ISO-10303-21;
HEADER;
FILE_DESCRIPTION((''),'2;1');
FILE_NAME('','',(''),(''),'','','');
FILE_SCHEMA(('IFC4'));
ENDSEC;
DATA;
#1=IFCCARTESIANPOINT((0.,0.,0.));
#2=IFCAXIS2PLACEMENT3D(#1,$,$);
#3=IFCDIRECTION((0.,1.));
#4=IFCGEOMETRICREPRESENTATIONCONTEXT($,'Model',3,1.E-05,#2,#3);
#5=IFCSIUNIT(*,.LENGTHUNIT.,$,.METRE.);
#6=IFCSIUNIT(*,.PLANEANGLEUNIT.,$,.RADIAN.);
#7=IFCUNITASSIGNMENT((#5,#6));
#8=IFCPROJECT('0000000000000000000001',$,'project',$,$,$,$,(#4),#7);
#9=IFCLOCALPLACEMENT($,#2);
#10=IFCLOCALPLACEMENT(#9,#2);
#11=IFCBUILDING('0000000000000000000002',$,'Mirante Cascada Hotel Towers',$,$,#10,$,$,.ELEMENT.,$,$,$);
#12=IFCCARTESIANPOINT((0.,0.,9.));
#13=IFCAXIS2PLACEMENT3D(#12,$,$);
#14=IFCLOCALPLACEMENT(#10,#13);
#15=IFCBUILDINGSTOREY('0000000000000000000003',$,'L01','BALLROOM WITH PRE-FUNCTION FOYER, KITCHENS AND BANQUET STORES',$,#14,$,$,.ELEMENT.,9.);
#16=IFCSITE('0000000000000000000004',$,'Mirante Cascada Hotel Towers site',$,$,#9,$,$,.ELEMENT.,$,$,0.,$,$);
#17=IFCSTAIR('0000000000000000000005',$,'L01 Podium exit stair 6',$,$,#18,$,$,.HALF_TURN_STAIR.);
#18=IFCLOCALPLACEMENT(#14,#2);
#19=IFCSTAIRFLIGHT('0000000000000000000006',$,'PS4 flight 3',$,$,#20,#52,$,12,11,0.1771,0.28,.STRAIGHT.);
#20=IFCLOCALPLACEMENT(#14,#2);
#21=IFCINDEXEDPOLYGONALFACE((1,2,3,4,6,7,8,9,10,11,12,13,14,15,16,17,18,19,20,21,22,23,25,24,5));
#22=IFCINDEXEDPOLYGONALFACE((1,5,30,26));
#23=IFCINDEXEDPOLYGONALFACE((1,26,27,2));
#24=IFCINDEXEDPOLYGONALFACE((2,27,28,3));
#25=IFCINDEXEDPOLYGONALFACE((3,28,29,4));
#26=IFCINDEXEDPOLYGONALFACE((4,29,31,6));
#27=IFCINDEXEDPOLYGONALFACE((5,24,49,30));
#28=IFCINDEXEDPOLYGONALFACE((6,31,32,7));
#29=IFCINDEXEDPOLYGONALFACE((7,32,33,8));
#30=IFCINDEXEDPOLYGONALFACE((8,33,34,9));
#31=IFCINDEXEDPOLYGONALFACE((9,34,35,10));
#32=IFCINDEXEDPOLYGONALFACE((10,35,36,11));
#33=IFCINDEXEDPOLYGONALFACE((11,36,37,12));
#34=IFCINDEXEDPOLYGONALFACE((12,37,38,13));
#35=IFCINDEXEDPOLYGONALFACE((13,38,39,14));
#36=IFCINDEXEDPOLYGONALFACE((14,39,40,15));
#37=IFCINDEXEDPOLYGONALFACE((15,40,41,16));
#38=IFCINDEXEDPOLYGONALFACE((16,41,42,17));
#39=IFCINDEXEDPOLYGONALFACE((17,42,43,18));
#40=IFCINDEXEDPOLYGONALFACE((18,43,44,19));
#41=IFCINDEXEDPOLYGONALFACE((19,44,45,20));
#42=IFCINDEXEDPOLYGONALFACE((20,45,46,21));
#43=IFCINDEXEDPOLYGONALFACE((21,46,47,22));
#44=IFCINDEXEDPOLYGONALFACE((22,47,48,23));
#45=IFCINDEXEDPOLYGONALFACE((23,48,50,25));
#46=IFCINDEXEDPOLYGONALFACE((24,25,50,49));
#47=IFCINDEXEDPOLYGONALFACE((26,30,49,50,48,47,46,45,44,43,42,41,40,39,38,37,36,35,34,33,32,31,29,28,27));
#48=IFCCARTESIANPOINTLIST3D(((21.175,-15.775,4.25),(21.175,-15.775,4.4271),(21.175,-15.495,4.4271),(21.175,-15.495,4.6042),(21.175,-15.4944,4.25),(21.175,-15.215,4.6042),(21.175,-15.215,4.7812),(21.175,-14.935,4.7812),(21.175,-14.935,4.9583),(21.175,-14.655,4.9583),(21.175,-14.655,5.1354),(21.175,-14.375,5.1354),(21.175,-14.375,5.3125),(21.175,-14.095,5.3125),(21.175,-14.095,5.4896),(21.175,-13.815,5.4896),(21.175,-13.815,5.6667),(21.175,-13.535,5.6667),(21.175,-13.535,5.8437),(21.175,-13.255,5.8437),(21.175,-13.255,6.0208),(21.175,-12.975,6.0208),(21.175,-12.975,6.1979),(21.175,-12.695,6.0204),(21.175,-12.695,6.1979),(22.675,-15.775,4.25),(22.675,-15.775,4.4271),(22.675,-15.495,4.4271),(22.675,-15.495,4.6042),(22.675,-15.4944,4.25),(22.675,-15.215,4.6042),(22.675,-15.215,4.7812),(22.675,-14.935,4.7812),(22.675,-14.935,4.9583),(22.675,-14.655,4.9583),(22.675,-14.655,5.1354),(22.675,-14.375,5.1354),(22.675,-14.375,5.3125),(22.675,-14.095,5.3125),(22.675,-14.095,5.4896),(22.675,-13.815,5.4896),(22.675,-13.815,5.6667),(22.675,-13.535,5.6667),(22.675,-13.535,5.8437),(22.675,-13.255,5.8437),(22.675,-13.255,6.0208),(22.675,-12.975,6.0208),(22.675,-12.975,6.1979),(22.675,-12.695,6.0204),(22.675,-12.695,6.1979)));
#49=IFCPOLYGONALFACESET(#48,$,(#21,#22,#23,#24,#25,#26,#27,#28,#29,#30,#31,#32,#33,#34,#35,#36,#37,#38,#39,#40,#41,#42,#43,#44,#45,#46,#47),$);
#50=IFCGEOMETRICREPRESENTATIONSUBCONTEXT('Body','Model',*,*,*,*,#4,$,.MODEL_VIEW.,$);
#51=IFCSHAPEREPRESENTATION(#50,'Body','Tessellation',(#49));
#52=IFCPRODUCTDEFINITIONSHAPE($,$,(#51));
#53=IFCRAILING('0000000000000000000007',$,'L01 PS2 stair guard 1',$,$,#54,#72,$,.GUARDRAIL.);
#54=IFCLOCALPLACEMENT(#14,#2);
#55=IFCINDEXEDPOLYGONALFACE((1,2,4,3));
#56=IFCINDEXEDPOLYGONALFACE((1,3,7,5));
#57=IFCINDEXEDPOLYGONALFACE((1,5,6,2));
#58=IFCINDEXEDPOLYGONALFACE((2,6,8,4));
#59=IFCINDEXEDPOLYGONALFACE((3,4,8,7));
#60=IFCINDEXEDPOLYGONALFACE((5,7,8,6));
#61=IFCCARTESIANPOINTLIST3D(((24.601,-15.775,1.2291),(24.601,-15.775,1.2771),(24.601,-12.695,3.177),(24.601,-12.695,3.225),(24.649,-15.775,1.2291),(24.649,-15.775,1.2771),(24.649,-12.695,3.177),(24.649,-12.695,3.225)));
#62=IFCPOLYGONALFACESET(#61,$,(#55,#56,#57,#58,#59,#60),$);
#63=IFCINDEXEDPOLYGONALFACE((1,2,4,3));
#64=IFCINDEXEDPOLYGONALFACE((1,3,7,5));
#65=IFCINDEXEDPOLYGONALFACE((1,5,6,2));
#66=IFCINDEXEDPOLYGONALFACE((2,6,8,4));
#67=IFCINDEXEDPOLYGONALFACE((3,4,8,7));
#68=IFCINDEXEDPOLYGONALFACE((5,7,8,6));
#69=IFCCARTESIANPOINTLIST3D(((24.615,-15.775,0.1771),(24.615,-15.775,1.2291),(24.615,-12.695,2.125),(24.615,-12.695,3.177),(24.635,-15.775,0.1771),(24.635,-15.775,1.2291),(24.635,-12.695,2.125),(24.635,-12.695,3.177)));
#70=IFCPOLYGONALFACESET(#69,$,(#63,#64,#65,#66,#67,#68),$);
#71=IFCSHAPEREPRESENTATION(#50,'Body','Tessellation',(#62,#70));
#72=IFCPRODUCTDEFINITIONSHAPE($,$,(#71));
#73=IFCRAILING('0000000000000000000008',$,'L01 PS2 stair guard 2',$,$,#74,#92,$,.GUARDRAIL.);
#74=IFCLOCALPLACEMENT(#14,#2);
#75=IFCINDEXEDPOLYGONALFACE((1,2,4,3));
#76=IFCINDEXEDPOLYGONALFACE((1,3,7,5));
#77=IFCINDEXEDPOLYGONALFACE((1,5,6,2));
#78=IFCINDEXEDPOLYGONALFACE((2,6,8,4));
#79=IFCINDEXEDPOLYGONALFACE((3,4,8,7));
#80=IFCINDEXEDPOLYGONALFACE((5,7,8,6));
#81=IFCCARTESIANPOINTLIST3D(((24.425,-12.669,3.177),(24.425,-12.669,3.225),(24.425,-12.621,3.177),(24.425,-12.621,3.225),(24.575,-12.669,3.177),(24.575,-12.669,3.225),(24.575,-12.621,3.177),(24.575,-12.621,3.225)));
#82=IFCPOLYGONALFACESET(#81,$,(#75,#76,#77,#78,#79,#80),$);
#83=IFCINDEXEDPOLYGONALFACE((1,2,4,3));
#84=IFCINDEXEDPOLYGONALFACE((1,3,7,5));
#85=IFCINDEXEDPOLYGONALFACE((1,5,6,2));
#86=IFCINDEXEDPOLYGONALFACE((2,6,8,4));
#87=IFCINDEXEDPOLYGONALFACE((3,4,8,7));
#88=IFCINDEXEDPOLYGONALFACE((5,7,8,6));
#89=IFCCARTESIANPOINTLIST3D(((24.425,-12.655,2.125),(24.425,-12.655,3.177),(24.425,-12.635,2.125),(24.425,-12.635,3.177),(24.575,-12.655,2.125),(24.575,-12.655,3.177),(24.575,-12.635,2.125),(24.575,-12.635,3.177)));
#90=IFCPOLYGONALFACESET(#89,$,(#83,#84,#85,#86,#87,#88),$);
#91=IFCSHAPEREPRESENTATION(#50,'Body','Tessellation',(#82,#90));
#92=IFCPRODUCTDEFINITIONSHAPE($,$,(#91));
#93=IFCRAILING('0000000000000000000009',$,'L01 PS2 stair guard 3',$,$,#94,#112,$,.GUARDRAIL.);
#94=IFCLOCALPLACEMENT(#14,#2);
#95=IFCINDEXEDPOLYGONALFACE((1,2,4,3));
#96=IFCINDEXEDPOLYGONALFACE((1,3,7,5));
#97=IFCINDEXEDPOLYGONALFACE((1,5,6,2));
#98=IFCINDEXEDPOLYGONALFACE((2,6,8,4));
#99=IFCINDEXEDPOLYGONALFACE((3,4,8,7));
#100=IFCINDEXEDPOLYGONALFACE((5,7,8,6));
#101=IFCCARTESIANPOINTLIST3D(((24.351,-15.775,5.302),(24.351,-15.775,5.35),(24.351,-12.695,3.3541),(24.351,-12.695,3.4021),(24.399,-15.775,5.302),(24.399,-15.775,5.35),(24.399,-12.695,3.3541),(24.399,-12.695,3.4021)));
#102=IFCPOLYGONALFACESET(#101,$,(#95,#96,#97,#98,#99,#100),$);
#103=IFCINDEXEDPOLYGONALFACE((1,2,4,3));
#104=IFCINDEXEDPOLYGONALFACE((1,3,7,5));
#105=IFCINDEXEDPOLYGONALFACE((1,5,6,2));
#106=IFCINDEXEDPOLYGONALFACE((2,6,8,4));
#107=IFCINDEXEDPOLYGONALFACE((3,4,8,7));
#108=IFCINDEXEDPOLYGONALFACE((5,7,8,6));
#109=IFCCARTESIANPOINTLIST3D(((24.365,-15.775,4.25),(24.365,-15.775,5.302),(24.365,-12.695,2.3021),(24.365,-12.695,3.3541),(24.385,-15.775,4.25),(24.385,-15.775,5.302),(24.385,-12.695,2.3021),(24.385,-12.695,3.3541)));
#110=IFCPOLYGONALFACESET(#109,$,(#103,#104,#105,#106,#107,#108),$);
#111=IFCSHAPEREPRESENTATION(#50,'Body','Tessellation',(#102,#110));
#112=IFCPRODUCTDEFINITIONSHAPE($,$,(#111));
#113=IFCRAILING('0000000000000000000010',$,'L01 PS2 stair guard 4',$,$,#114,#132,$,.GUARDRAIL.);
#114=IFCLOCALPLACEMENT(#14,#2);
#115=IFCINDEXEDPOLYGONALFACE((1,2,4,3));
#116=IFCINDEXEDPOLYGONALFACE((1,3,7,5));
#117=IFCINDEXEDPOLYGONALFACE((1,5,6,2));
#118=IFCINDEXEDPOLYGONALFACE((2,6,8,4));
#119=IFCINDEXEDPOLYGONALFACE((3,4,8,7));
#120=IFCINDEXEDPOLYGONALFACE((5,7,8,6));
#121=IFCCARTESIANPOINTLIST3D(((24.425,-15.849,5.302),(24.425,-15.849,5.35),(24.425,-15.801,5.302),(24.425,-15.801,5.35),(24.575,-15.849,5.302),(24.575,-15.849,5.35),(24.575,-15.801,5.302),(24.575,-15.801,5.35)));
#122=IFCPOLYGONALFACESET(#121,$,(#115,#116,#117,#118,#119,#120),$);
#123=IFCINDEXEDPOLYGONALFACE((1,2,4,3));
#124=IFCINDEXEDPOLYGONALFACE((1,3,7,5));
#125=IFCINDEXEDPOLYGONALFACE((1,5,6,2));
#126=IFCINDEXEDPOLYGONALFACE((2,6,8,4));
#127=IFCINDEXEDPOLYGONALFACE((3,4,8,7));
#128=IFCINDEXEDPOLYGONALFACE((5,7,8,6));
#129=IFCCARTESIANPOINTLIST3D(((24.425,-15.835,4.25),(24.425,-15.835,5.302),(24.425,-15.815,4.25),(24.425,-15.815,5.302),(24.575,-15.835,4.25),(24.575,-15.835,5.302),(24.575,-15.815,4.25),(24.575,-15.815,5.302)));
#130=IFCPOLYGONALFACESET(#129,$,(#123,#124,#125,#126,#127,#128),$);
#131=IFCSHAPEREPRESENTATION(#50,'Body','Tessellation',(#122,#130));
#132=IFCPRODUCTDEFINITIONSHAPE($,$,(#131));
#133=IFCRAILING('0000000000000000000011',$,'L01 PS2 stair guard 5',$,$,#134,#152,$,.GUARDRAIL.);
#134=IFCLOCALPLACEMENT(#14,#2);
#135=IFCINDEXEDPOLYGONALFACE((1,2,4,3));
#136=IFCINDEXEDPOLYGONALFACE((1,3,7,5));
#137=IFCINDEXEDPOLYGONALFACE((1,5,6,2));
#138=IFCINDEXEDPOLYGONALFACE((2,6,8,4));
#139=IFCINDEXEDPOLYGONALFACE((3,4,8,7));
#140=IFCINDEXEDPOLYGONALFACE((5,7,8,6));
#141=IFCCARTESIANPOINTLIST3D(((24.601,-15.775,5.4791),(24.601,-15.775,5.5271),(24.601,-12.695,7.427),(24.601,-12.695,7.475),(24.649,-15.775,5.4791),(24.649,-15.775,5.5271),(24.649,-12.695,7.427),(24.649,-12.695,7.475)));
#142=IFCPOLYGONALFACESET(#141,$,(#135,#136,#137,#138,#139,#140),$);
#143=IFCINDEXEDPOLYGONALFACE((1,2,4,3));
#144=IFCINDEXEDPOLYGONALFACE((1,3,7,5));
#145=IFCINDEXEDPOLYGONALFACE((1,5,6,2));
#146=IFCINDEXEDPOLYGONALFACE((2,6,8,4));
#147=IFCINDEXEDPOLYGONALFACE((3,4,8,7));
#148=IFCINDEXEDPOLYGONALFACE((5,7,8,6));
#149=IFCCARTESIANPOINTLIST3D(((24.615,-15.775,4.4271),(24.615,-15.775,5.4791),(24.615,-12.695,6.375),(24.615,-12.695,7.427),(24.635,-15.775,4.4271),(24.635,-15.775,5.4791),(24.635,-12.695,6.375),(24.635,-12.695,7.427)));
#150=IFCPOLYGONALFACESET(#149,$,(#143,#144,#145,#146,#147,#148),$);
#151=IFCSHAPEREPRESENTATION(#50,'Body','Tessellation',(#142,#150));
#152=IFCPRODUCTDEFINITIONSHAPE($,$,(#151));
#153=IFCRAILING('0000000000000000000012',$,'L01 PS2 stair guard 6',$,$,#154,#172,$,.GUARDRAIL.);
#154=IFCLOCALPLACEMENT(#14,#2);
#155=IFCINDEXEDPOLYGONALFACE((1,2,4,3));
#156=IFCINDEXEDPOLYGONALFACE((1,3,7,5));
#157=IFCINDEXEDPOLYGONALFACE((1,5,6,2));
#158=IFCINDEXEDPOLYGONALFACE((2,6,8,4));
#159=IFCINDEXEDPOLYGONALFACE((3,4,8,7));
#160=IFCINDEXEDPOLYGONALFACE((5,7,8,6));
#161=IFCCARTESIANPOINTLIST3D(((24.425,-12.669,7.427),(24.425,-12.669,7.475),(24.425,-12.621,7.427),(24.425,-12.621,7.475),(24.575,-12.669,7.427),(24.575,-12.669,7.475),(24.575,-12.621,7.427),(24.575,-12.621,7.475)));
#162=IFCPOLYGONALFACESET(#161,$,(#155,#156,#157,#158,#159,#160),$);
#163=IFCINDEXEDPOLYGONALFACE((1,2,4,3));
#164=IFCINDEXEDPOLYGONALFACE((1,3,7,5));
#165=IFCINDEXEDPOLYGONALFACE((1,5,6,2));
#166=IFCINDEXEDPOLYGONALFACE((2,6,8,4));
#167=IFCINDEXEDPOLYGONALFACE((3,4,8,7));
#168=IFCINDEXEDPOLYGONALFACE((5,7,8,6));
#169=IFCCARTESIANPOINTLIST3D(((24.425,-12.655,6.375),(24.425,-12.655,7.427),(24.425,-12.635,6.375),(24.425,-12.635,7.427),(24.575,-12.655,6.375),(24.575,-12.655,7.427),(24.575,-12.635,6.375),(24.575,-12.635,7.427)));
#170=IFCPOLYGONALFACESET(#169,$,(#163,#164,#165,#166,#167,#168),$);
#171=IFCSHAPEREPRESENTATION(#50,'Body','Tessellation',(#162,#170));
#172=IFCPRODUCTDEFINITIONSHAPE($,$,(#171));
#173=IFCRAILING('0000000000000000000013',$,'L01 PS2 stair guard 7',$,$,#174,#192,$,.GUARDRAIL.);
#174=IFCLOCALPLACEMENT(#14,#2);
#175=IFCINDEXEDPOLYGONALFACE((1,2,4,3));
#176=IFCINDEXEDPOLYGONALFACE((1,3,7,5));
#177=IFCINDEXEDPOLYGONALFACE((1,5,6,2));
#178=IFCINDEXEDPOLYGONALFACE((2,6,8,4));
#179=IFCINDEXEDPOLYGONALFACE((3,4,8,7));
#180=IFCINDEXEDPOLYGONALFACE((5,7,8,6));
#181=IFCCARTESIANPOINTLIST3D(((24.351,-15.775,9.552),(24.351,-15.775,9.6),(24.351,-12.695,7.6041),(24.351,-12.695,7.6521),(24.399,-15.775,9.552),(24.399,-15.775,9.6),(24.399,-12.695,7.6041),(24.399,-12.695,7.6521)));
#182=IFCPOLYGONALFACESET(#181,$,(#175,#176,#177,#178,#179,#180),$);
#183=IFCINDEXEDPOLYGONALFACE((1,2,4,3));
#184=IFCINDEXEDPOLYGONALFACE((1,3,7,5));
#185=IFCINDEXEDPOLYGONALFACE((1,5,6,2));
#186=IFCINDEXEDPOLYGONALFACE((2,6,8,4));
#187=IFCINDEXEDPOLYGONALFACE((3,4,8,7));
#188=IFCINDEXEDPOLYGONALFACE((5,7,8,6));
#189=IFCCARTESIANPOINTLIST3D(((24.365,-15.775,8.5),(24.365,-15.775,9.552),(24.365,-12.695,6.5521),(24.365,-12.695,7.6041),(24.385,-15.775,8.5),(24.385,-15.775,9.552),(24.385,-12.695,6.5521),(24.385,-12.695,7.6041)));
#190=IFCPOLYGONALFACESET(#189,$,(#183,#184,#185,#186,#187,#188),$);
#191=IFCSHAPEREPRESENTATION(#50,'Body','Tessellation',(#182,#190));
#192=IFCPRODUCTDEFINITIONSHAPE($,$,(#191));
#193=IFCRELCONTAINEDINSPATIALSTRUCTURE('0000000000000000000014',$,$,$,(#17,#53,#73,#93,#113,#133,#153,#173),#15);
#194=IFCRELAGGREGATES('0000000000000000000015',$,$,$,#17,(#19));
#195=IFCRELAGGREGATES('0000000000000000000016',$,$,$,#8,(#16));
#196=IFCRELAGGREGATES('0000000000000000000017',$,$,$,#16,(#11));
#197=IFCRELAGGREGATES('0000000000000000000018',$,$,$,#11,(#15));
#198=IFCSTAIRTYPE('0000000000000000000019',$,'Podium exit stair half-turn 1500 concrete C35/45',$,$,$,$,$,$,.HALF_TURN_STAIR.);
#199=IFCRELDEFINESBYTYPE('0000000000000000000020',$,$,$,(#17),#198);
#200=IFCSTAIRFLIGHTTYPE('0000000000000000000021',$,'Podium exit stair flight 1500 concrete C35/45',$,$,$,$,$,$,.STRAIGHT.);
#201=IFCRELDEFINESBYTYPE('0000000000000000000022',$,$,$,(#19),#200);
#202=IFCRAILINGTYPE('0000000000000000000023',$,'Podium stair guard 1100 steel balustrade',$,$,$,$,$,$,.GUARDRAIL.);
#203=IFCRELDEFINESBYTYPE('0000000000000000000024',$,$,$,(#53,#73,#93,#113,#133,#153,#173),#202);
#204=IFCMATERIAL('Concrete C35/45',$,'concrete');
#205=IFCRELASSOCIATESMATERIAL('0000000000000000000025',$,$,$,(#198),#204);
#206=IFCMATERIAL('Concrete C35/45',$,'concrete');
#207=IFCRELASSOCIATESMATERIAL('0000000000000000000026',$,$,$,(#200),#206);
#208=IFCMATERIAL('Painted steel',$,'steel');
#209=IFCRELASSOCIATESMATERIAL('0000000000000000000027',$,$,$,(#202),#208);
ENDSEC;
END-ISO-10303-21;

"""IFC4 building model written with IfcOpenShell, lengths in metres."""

from ifc_helpers import new_model, si_unit, direction, frame, origin, origin_2d, place, context, subcontext, project, spatial, polyline, rectangle, outline, extrude, material, type_object, element, aggregate, save


model = new_model("IFC4")

# Units and contexts
model_context = context("Model", 3, precision=1e-05, world=origin(), true_north=direction((0.0, 1.0)))
body_context = subcontext(model_context, "Body", "Model", "MODEL_VIEW")
ifc_project = project(units=[si_unit("LENGTHUNIT", "METRE"), si_unit("PLANEANGLEUNIT", "RADIAN")], contexts=[model_context])

# Site, building, storey
site_placement = place(None, origin())
site = spatial("IfcSite", under=ifc_project, at=site_placement, Name="Mirante Cascada Hotel Towers site", CompositionType="ELEMENT", RefElevation=0.0)
building_placement = place(site_placement, origin())
building = spatial("IfcBuilding", under=site, at=building_placement, Name="Mirante Cascada Hotel Towers", CompositionType="ELEMENT")
storey_placement = place(building_placement, frame((0.0, 0.0, 9.0)))
storey = spatial("IfcBuildingStorey", under=building, at=storey_placement, Name="L01", Description="BALLROOM WITH PRE-FUNCTION FOYER, KITCHENS AND BANQUET STORES", CompositionType="ELEMENT", Elevation=9.0)

# Stair, stair flight
ifc_material_1 = material(Name="Concrete C35/45", Category="concrete")
stair_type = type_object("IfcStairType", Name="Podium exit stair half-turn 1500 concrete C35/45", PredefinedType="HALF_TURN_STAIR", material=ifc_material_1)
ifc_material_2 = material(Name="Concrete C35/45", Category="concrete")
stair_flight_type = type_object("IfcStairFlightType", Name="Podium exit stair flight 1500 concrete C35/45", PredefinedType="STRAIGHT", material=ifc_material_2)
stair_1_placement = place(storey_placement, origin())
stair_1 = element("IfcStair", 1, at=stair_1_placement, inside=storey, type_object=stair_type, Name="L01 Podium exit stair 6", PredefinedType="HALF_TURN_STAIR")
stair_flight_1_placement = place(storey_placement, frame((21.925, -15.775, 4.25), z_axis=(0.0, 0.0, 1.0), x_axis=(0.0, 1.0, 0.0)))
stair_flight_1 = element("IfcStairFlight", 2, at=stair_flight_1_placement, type_object=stair_flight_type, Name="PS4 flight 3", NumberOfRisers=12, NumberOfTreads=11, PredefinedType="STRAIGHT", RiserHeight=0.1771, TreadLength=0.28, context=body_context, shape_type="SweptSolid", body=[
    extrude(outline(polyline([(0.0, 0.0), (0.0, 0.1771), (0.28, 0.1771), (0.28, 0.3542), (0.56, 0.3542), (0.56, 0.5312), (0.84, 0.5312), (0.84, 0.7083), (1.12, 0.7083), (1.12, 0.8854), (1.4, 0.8854), (1.4, 1.0625), (1.68, 1.0625), (1.68, 1.2396), (1.96, 1.2396), (1.96, 1.4167), (2.24, 1.4167), (2.24, 1.5937), (2.52, 1.5937), (2.52, 1.7708), (2.8, 1.7708), (2.8, 1.9479), (3.08, 1.9479), (3.08, 2.125), (3.08, 1.7704), (0.2806, 0.0), (0.0, 0.0)])), frame((0.0, 0.75, 0.0), z_axis=(0.0, -1.0, 0.0), x_axis=(1.0, 0.0, 0.0)), (0.0, 0.0, 1.0), 1.5),
])
aggregate(stair_1, [stair_flight_1])

# Railings
ifc_material_3 = material(Name="Painted steel", Category="steel")
railing_type_1 = type_object("IfcRailingType", Name="Podium stair guard 1100 steel balustrade", PredefinedType="GUARDRAIL", material=ifc_material_3)
railing_1_placement = place(storey_placement, frame((24.625, -15.775, 0.1771)))
element("IfcRailing", 3, at=railing_1_placement, inside=storey, type_object=railing_type_1, Name="L01 PS2 stair guard 1", PredefinedType="GUARDRAIL", context=body_context, shape_type="SweptSolid", body=[
    extrude(rectangle(XDim=0.048, YDim=0.048, at=origin_2d()), frame((0.0, 0.0, 1.076), z_axis=(0.0, 1.0, 0.0), x_axis=(-1.0, 0.0, 0.0)), (0.0, 0.53451, 0.845162), 3.6443),
    extrude(rectangle(XDim=0.02, YDim=1.052, at=origin_2d()), frame((0.0, 0.0, 0.526), z_axis=(0.0, 1.0, 0.0), x_axis=(-1.0, 0.0, 0.0)), (0.0, 0.53451, 0.845162), 3.6443),
])
railing_2_placement = place(storey_placement, frame((24.575, -12.645, 2.125)))
element("IfcRailing", 4, at=railing_2_placement, inside=storey, type_object=railing_type_1, Name="L01 PS2 stair guard 2", PredefinedType="GUARDRAIL", context=body_context, shape_type="SweptSolid", body=[
    extrude(rectangle(XDim=0.048, YDim=0.048, at=origin_2d()), frame((0.0, 0.0, 1.076), z_axis=(-1.0, 0.0, 0.0), x_axis=(0.0, -1.0, 0.0)), (0.0, 0.0, 1.0), 0.15),
    extrude(rectangle(XDim=0.02, YDim=1.052, at=origin_2d()), frame((0.0, 0.0, 0.526), z_axis=(-1.0, 0.0, 0.0), x_axis=(0.0, -1.0, 0.0)), (0.0, 0.0, 1.0), 0.15),
])
railing_3_placement = place(storey_placement, frame((24.375, -12.695, 2.3021)))
element("IfcRailing", 5, at=railing_3_placement, inside=storey, type_object=railing_type_1, Name="L01 PS2 stair guard 3", PredefinedType="GUARDRAIL", context=body_context, shape_type="SweptSolid", body=[
    extrude(rectangle(XDim=0.048, YDim=0.048, at=origin_2d()), frame((0.0, 0.0, 1.076), z_axis=(0.0, -1.0, 0.0), x_axis=(1.0, 0.0, 0.0)), (0.0, 0.53451, 0.845162), 3.6443),
    extrude(rectangle(XDim=0.02, YDim=1.052, at=origin_2d()), frame((0.0, 0.0, 0.526), z_axis=(0.0, -1.0, 0.0), x_axis=(1.0, 0.0, 0.0)), (0.0, 0.53451, 0.845162), 3.6443),
])
railing_4_placement = place(storey_placement, frame((24.575, -15.825, 4.25)))
element("IfcRailing", 6, at=railing_4_placement, inside=storey, type_object=railing_type_1, Name="L01 PS2 stair guard 4", PredefinedType="GUARDRAIL", context=body_context, shape_type="SweptSolid", body=[
    extrude(rectangle(XDim=0.048, YDim=0.048, at=origin_2d()), frame((0.0, 0.0, 1.076), z_axis=(-1.0, 0.0, 0.0), x_axis=(0.0, -1.0, 0.0)), (0.0, 0.0, 1.0), 0.15),
    extrude(rectangle(XDim=0.02, YDim=1.052, at=origin_2d()), frame((0.0, 0.0, 0.526), z_axis=(-1.0, 0.0, 0.0), x_axis=(0.0, -1.0, 0.0)), (0.0, 0.0, 1.0), 0.15),
])
railing_5_placement = place(storey_placement, frame((24.625, -15.775, 4.4271)))
element("IfcRailing", 7, at=railing_5_placement, inside=storey, type_object=railing_type_1, Name="L01 PS2 stair guard 5", PredefinedType="GUARDRAIL", context=body_context, shape_type="SweptSolid", body=[
    extrude(rectangle(XDim=0.048, YDim=0.048, at=origin_2d()), frame((0.0, 0.0, 1.076), z_axis=(0.0, 1.0, 0.0), x_axis=(-1.0, 0.0, 0.0)), (0.0, 0.53451, 0.845162), 3.6443),
    extrude(rectangle(XDim=0.02, YDim=1.052, at=origin_2d()), frame((0.0, 0.0, 0.526), z_axis=(0.0, 1.0, 0.0), x_axis=(-1.0, 0.0, 0.0)), (0.0, 0.53451, 0.845162), 3.6443),
])
railing_6_placement = place(storey_placement, frame((24.575, -12.645, 6.375)))
element("IfcRailing", 8, at=railing_6_placement, inside=storey, type_object=railing_type_1, Name="L01 PS2 stair guard 6", PredefinedType="GUARDRAIL", context=body_context, shape_type="SweptSolid", body=[
    extrude(rectangle(XDim=0.048, YDim=0.048, at=origin_2d()), frame((0.0, 0.0, 1.076), z_axis=(-1.0, 0.0, 0.0), x_axis=(0.0, -1.0, 0.0)), (0.0, 0.0, 1.0), 0.15),
    extrude(rectangle(XDim=0.02, YDim=1.052, at=origin_2d()), frame((0.0, 0.0, 0.526), z_axis=(-1.0, 0.0, 0.0), x_axis=(0.0, -1.0, 0.0)), (0.0, 0.0, 1.0), 0.15),
])
railing_7_placement = place(storey_placement, frame((24.375, -12.695, 6.5521)))
element("IfcRailing", 9, at=railing_7_placement, inside=storey, type_object=railing_type_1, Name="L01 PS2 stair guard 7", PredefinedType="GUARDRAIL", context=body_context, shape_type="SweptSolid", body=[
    extrude(rectangle(XDim=0.048, YDim=0.048, at=origin_2d()), frame((0.0, 0.0, 1.076), z_axis=(0.0, -1.0, 0.0), x_axis=(1.0, 0.0, 0.0)), (0.0, 0.53451, 0.845162), 3.6443),
    extrude(rectangle(XDim=0.02, YDim=1.052, at=origin_2d()), frame((0.0, 0.0, 0.526), z_axis=(0.0, -1.0, 0.0), x_axis=(1.0, 0.0, 0.0)), (0.0, 0.53451, 0.845162), 3.6443),
])

save(model, "model.ifc")
